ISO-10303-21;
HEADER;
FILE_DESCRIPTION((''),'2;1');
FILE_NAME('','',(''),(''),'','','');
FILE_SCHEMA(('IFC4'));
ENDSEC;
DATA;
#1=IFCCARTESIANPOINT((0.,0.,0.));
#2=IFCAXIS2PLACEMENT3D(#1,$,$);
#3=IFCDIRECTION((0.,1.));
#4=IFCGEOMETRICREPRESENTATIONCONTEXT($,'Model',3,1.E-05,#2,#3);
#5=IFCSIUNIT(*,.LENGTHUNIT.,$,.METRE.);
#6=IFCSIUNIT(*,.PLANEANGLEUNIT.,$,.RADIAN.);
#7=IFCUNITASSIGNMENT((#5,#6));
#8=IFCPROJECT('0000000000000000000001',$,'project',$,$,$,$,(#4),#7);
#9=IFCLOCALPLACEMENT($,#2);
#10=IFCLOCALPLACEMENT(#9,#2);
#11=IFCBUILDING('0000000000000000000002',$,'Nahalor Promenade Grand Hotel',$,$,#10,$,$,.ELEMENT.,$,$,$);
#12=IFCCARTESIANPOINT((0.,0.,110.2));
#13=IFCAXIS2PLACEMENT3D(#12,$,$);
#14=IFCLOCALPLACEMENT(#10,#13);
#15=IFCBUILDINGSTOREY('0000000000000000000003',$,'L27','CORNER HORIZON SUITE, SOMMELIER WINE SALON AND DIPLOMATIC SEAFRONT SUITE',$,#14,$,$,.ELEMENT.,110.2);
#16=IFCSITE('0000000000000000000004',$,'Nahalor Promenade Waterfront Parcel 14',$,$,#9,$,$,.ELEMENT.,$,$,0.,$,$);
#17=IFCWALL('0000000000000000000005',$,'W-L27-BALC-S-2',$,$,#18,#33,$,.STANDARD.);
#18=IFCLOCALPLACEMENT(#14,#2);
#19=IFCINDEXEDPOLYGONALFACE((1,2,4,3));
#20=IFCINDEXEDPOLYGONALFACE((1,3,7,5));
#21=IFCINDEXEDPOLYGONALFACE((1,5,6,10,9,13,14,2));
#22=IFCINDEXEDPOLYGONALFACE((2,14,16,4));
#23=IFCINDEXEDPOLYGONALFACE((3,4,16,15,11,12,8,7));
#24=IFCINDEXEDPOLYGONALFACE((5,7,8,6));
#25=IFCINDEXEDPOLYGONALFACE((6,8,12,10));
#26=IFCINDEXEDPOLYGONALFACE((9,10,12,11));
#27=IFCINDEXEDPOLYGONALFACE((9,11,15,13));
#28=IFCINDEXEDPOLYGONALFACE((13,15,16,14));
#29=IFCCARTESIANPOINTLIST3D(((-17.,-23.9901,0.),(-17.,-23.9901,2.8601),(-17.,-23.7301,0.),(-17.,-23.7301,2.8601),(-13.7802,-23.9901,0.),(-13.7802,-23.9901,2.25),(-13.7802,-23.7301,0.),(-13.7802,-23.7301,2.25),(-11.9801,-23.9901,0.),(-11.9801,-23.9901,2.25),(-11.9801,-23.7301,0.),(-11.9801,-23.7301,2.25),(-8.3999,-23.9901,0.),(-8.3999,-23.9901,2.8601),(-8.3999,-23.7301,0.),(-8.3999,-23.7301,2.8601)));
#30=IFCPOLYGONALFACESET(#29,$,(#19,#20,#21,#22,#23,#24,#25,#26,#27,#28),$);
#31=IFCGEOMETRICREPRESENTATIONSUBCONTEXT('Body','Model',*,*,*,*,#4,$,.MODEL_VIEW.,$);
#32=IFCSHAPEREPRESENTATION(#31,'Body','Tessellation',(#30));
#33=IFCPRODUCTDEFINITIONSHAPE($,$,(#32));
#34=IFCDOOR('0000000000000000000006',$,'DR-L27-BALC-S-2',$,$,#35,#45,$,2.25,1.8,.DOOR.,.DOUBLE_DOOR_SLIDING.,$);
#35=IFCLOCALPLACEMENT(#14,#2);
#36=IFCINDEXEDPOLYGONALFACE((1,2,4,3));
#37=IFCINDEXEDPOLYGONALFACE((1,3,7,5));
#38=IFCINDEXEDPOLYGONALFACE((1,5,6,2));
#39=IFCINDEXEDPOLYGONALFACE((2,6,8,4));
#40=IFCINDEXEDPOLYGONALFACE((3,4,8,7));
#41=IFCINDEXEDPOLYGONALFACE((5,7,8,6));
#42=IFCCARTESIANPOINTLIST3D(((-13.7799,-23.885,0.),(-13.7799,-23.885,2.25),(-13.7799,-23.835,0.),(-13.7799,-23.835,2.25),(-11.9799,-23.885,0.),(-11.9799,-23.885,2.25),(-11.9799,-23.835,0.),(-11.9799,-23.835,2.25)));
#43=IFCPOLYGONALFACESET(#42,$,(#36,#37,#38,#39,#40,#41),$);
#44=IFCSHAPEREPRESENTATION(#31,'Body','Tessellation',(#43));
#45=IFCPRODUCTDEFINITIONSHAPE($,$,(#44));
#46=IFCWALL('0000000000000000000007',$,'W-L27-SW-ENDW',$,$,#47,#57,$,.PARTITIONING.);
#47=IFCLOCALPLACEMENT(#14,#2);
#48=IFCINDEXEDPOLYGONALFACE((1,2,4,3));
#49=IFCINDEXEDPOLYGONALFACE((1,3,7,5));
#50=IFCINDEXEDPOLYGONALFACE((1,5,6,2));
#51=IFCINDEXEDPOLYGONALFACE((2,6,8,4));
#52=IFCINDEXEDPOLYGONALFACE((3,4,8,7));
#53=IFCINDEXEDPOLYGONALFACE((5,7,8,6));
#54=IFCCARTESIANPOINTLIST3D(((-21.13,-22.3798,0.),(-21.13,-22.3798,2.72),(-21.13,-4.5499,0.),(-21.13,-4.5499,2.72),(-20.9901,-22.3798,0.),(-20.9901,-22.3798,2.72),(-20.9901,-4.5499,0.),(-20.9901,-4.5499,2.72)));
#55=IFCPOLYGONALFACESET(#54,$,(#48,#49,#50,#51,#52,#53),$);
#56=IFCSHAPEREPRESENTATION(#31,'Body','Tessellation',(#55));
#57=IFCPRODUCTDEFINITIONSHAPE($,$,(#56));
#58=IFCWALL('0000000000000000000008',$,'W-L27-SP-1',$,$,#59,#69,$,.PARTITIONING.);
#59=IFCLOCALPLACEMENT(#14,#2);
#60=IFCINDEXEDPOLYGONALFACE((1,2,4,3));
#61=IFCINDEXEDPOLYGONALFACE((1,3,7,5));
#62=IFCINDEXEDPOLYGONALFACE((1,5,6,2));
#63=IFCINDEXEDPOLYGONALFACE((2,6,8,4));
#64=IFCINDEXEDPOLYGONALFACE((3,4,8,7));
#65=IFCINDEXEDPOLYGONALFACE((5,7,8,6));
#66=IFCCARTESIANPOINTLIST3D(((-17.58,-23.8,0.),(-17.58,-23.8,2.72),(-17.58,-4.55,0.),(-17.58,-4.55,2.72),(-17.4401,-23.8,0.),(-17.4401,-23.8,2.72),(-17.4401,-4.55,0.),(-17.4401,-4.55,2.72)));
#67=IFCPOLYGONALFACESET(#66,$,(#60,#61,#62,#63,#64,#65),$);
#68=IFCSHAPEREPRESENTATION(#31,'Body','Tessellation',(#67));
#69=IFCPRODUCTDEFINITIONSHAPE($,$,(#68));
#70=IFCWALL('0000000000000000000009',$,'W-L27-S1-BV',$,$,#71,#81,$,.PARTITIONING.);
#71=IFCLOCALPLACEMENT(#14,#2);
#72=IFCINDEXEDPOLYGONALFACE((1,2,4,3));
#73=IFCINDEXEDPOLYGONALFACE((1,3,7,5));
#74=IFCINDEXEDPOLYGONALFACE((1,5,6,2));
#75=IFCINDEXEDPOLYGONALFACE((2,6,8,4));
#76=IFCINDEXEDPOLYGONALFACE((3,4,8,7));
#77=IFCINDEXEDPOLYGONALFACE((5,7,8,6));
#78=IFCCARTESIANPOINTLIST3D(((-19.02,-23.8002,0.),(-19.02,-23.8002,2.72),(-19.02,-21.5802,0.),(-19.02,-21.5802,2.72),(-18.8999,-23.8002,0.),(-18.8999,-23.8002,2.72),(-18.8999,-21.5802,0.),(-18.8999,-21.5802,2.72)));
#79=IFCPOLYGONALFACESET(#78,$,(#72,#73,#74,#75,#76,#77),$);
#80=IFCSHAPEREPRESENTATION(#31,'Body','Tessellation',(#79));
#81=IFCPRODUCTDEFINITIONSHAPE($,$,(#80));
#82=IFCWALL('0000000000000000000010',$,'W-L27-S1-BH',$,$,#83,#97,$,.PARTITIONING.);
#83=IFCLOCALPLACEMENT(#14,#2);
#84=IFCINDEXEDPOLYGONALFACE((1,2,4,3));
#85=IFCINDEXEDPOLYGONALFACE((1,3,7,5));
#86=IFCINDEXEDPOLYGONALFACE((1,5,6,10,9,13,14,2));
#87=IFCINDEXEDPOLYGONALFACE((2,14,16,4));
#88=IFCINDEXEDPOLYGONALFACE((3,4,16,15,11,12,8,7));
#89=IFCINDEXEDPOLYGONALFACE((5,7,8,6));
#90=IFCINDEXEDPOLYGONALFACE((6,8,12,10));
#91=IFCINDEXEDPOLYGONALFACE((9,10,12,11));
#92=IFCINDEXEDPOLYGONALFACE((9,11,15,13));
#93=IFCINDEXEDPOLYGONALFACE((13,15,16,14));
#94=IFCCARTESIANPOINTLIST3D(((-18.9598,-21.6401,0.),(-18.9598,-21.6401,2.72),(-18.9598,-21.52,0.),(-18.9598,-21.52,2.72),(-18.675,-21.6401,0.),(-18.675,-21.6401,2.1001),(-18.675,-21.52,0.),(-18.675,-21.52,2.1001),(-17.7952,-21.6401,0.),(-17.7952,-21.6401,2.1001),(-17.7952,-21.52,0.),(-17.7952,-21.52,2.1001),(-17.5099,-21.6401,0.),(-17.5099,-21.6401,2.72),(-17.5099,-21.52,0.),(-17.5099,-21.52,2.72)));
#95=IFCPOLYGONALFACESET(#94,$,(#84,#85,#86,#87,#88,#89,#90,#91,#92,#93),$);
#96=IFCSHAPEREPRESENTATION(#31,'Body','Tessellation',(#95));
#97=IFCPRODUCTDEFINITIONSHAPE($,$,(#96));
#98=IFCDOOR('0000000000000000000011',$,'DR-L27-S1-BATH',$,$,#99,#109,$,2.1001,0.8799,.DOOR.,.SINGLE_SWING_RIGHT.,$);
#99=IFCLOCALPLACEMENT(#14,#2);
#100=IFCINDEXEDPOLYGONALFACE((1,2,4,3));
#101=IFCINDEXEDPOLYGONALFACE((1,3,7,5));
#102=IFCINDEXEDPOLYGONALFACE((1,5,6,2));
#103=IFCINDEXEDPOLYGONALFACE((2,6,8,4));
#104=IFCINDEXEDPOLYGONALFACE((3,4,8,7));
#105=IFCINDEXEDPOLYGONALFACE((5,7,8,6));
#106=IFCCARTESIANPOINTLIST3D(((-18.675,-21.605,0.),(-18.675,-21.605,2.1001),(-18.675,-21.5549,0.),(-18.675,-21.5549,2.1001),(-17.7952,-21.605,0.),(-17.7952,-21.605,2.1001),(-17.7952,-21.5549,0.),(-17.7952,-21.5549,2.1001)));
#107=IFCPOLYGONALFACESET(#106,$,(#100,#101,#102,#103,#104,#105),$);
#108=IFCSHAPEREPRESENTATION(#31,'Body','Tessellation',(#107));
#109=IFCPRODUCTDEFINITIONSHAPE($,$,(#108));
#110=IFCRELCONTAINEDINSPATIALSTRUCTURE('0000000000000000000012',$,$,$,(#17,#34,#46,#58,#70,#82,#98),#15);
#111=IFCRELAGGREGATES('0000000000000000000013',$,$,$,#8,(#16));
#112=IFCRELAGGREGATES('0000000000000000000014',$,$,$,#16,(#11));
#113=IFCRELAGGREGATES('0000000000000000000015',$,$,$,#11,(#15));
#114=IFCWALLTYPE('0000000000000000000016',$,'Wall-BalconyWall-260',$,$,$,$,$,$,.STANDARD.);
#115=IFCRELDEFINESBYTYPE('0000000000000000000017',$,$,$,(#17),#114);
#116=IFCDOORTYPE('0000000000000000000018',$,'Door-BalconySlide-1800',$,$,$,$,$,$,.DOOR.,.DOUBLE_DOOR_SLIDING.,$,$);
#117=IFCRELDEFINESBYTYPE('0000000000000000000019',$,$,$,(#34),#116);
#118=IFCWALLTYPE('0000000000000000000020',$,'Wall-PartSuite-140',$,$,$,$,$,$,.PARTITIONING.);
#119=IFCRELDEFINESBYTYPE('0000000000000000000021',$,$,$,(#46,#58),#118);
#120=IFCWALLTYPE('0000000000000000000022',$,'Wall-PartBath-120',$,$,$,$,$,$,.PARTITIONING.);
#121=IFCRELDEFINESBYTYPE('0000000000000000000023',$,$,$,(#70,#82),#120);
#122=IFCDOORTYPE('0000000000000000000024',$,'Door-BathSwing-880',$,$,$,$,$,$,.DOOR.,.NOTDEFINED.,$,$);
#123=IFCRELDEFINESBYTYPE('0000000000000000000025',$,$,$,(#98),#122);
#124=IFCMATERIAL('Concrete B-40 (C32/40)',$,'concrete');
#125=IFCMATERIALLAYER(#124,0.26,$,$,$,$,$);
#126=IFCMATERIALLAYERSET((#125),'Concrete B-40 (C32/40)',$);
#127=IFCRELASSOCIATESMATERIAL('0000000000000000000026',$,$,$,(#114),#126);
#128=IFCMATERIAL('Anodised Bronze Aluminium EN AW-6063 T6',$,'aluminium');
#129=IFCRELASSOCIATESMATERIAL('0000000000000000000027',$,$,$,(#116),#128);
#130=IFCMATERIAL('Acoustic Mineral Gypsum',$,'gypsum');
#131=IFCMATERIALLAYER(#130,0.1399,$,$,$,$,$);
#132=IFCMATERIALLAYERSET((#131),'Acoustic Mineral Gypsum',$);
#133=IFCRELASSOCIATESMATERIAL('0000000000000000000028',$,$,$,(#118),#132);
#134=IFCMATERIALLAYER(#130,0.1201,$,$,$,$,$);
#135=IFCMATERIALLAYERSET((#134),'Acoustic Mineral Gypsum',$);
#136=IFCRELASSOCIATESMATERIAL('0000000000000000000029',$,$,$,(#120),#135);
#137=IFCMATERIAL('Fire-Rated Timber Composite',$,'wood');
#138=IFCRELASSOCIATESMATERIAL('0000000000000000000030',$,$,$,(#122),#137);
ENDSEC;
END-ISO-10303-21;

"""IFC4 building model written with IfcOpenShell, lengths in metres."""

from ifc_helpers import new_model, si_unit, direction, frame, frame_2d, origin, place, context, subcontext, project, spatial, rectangle, extrude, source, transform, mapped, material, layer, layer_set, type_object, element, fill, save


model = new_model("IFC4")

# Units and contexts
model_context = context("Model", 3, precision=1e-05, world=origin(), true_north=direction((0.0, 1.0)))
body_context = subcontext(model_context, "Body", "Model", "MODEL_VIEW")
ifc_project = project(units=[si_unit("LENGTHUNIT", "METRE"), si_unit("PLANEANGLEUNIT", "RADIAN")], contexts=[model_context])

# Site, building, storey
site_placement = place(None, origin())
site = spatial("IfcSite", under=ifc_project, at=site_placement, Name="Nahalor Promenade Waterfront Parcel 14", CompositionType="ELEMENT", RefElevation=0.0)
building_placement = place(site_placement, origin())
building = spatial("IfcBuilding", under=site, at=building_placement, Name="Nahalor Promenade Grand Hotel", CompositionType="ELEMENT")
storey_placement = place(building_placement, frame((0.0, 0.0, 110.2)))
storey = spatial("IfcBuildingStorey", under=building, at=storey_placement, Name="L27", Description="CORNER HORIZON SUITE, SOMMELIER WINE SALON AND DIPLOMATIC SEAFRONT SUITE", CompositionType="ELEMENT", Elevation=110.2)

# Shared definitions
ifc_material_1 = material(Name="Anodised Bronze Aluminium EN AW-6063 T6", Category="aluminium")

# Shared definitions
ifc_material_2 = material(Name="Concrete B-40 (C32/40)", Category="concrete")

# Wall, opening, door
ifc_layer_1 = layer(ifc_material_2, 0.26)
ifc_layer_set_1 = layer_set([ifc_layer_1], Name="Concrete B-40 (C32/40)")
wall_type_1 = type_object("IfcWallType", Name="Wall-BalconyWall-260", PredefinedType="STANDARD", material=ifc_layer_set_1)
shared_shape_1 = source(origin(), body_context, "Body", "SweptSolid", [
    extrude(rectangle(XDim=8.6001, YDim=0.26, at=frame_2d((4.3, 0.0))), origin(), (0.0, 0.0, 1.0), 2.8601),
])
wall_1_placement = place(storey_placement, frame((-17.0, -23.8601, 0.0), z_axis=(0.0, 0.0, 1.0), x_axis=(1.0, 0.0, 0.0)))
wall_1 = element("IfcWall", 1, at=wall_1_placement, inside=storey, type_object=wall_type_1, Name="W-L27-BALC-S-2", PredefinedType="STANDARD", context=body_context, shape_type="MappedRepresentation", body=[
    mapped(shared_shape_1, transform((0.0, 0.0, 0.0), scale=1.0)),
])
opening_1_placement = place(wall_1_placement, frame((3.22, 0.0, 0.0)))
opening_1 = element("IfcOpeningElement", 2, at=opening_1_placement, cuts=wall_1, PredefinedType="OPENING", context=body_context, shape_type="SweptSolid", body=[
    extrude(rectangle(XDim=1.8, YDim=2.25, at=frame_2d((0.8999, 1.125))), frame((0.0, 0.1399, 0.0), z_axis=(0.0, -1.0, 0.0), x_axis=(1.0, 0.0, 0.0)), (0.0, 0.0, 1.0), 0.28),
])
door_type_1 = type_object("IfcDoorType", Name="Door-BalconySlide-1800", OperationType="DOUBLE_DOOR_SLIDING", PredefinedType="DOOR", material=ifc_material_1)
shared_shape_2 = source(origin(), body_context, "Body", "SweptSolid", [
    extrude(rectangle(XDim=1.8, YDim=2.25, at=frame_2d((0.8999, 1.125))), frame((0.0, 0.0249, 0.0), z_axis=(0.0, -1.0, 0.0), x_axis=(1.0, 0.0, 0.0)), (0.0, 0.0, 1.0), 0.05),
])
door_1_placement = place(opening_1_placement, frame((1.8, 0.0, 0.0), z_axis=(0.0, 0.0, 1.0), x_axis=(-1.0, 0.0, 0.0)))
door_1 = element("IfcDoor", 3, at=door_1_placement, inside=storey, type_object=door_type_1, Name="DR-L27-BALC-S-2", OperationType="DOUBLE_DOOR_SLIDING", OverallHeight=2.25, OverallWidth=1.8, PredefinedType="DOOR", context=body_context, shape_type="MappedRepresentation", body=[
    mapped(shared_shape_2, transform((0.0, 0.0, 0.0), scale=1.0)),
])
fill(opening_1, door_1)

# Walls
ifc_material_3 = material(Name="Acoustic Mineral Gypsum", Category="gypsum")
ifc_layer_2 = layer(ifc_material_3, 0.1399)
ifc_layer_set_2 = layer_set([ifc_layer_2], Name="Acoustic Mineral Gypsum")
wall_type_2 = type_object("IfcWallType", Name="Wall-PartSuite-140", PredefinedType="PARTITIONING", material=ifc_layer_set_2)
shared_shape_3 = source(origin(), body_context, "Body", "SweptSolid", [
    extrude(rectangle(XDim=17.8298, YDim=0.1399, at=frame_2d((8.915, 0.0))), origin(), (0.0, 0.0, 1.0), 2.72),
])
wall_2_placement = place(storey_placement, frame((-21.0601, -22.3799, 0.0), z_axis=(0.0, 0.0, 1.0), x_axis=(0.0, 1.0, 0.0)))
element("IfcWall", 4, at=wall_2_placement, inside=storey, type_object=wall_type_2, Name="W-L27-SW-ENDW", PredefinedType="PARTITIONING", context=body_context, shape_type="MappedRepresentation", body=[
    mapped(shared_shape_3, transform((0.0, 0.0, 0.0), scale=1.0)),
])
shared_shape_4 = source(origin(), body_context, "Body", "SweptSolid", [
    extrude(rectangle(XDim=19.25, YDim=0.1399, at=frame_2d((9.625, 0.0))), origin(), (0.0, 0.0, 1.0), 2.72),
])
wall_3_placement = place(storey_placement, frame((-17.51, -23.8, 0.0), z_axis=(0.0, 0.0, 1.0), x_axis=(0.0, 1.0, 0.0)))
element("IfcWall", 5, at=wall_3_placement, inside=storey, type_object=wall_type_2, Name="W-L27-SP-1", PredefinedType="PARTITIONING", context=body_context, shape_type="MappedRepresentation", body=[
    mapped(shared_shape_4, transform((0.0, 0.0, 0.0), scale=1.0)),
])
ifc_layer_3 = layer(ifc_material_3, 0.1201)
ifc_layer_set_3 = layer_set([ifc_layer_3], Name="Acoustic Mineral Gypsum")
wall_type_3 = type_object("IfcWallType", Name="Wall-PartBath-120", PredefinedType="PARTITIONING", material=ifc_layer_set_3)
shared_shape_5 = source(origin(), body_context, "Body", "SweptSolid", [
    extrude(rectangle(XDim=2.22, YDim=0.1201, at=frame_2d((1.1099, 0.0))), origin(), (0.0, 0.0, 1.0), 2.72),
])
wall_4_placement = place(storey_placement, frame((-18.96, -23.8, 0.0), z_axis=(0.0, 0.0, 1.0), x_axis=(0.0, 1.0, 0.0)))
element("IfcWall", 6, at=wall_4_placement, inside=storey, type_object=wall_type_3, Name="W-L27-S1-BV", PredefinedType="PARTITIONING", context=body_context, shape_type="MappedRepresentation", body=[
    mapped(shared_shape_5, transform((0.0, 0.0, 0.0), scale=1.0)),
])

# Wall, opening, door
shared_shape_6 = source(origin(), body_context, "Body", "SweptSolid", [
    extrude(rectangle(XDim=1.45, YDim=0.1201, at=frame_2d((0.7251, 0.0))), origin(), (0.0, 0.0, 1.0), 2.72),
])
wall_5_placement = place(storey_placement, frame((-18.96, -21.5801, 0.0), z_axis=(0.0, 0.0, 1.0), x_axis=(1.0, 0.0, 0.0)))
wall_5 = element("IfcWall", 7, at=wall_5_placement, inside=storey, type_object=wall_type_3, Name="W-L27-S1-BH", PredefinedType="PARTITIONING", context=body_context, shape_type="MappedRepresentation", body=[
    mapped(shared_shape_6, transform((0.0, 0.0, 0.0), scale=1.0)),
])
opening_2_placement = place(wall_5_placement, frame((0.2849, 0.0, 0.0)))
opening_2 = element("IfcOpeningElement", 8, at=opening_2_placement, cuts=wall_5, PredefinedType="OPENING", context=body_context, shape_type="SweptSolid", body=[
    extrude(rectangle(XDim=0.8799, YDim=2.1001, at=frame_2d((0.4399, 1.05))), frame((0.0, 0.0701, 0.0), z_axis=(0.0, -1.0, 0.0), x_axis=(1.0, 0.0, 0.0)), (0.0, 0.0, 1.0), 0.1401),
])
ifc_material_4 = material(Name="Fire-Rated Timber Composite", Category="wood")
door_type_2 = type_object("IfcDoorType", Name="Door-BathSwing-880", OperationType="NOTDEFINED", PredefinedType="DOOR", material=ifc_material_4)
shared_shape_7 = source(origin(), body_context, "Body", "SweptSolid", [
    extrude(rectangle(XDim=0.8799, YDim=2.1001, at=frame_2d((0.4399, 1.05))), frame((0.0, 0.0249, 0.0), z_axis=(0.0, -1.0, 0.0), x_axis=(1.0, 0.0, 0.0)), (0.0, 0.0, 1.0), 0.05),
])
door_2_placement = place(opening_2_placement, frame((0.8799, 0.0, 0.0), z_axis=(0.0, 0.0, 1.0), x_axis=(-1.0, 0.0, 0.0)))
door_2 = element("IfcDoor", 9, at=door_2_placement, inside=storey, type_object=door_type_2, Name="DR-L27-S1-BATH", OperationType="SINGLE_SWING_RIGHT", OverallHeight=2.1001, OverallWidth=0.8799, PredefinedType="DOOR", context=body_context, shape_type="MappedRepresentation", body=[
    mapped(shared_shape_7, transform((0.0, 0.0, 0.0), scale=1.0)),
])
fill(opening_2, door_2)

save(model, "model.ifc")
